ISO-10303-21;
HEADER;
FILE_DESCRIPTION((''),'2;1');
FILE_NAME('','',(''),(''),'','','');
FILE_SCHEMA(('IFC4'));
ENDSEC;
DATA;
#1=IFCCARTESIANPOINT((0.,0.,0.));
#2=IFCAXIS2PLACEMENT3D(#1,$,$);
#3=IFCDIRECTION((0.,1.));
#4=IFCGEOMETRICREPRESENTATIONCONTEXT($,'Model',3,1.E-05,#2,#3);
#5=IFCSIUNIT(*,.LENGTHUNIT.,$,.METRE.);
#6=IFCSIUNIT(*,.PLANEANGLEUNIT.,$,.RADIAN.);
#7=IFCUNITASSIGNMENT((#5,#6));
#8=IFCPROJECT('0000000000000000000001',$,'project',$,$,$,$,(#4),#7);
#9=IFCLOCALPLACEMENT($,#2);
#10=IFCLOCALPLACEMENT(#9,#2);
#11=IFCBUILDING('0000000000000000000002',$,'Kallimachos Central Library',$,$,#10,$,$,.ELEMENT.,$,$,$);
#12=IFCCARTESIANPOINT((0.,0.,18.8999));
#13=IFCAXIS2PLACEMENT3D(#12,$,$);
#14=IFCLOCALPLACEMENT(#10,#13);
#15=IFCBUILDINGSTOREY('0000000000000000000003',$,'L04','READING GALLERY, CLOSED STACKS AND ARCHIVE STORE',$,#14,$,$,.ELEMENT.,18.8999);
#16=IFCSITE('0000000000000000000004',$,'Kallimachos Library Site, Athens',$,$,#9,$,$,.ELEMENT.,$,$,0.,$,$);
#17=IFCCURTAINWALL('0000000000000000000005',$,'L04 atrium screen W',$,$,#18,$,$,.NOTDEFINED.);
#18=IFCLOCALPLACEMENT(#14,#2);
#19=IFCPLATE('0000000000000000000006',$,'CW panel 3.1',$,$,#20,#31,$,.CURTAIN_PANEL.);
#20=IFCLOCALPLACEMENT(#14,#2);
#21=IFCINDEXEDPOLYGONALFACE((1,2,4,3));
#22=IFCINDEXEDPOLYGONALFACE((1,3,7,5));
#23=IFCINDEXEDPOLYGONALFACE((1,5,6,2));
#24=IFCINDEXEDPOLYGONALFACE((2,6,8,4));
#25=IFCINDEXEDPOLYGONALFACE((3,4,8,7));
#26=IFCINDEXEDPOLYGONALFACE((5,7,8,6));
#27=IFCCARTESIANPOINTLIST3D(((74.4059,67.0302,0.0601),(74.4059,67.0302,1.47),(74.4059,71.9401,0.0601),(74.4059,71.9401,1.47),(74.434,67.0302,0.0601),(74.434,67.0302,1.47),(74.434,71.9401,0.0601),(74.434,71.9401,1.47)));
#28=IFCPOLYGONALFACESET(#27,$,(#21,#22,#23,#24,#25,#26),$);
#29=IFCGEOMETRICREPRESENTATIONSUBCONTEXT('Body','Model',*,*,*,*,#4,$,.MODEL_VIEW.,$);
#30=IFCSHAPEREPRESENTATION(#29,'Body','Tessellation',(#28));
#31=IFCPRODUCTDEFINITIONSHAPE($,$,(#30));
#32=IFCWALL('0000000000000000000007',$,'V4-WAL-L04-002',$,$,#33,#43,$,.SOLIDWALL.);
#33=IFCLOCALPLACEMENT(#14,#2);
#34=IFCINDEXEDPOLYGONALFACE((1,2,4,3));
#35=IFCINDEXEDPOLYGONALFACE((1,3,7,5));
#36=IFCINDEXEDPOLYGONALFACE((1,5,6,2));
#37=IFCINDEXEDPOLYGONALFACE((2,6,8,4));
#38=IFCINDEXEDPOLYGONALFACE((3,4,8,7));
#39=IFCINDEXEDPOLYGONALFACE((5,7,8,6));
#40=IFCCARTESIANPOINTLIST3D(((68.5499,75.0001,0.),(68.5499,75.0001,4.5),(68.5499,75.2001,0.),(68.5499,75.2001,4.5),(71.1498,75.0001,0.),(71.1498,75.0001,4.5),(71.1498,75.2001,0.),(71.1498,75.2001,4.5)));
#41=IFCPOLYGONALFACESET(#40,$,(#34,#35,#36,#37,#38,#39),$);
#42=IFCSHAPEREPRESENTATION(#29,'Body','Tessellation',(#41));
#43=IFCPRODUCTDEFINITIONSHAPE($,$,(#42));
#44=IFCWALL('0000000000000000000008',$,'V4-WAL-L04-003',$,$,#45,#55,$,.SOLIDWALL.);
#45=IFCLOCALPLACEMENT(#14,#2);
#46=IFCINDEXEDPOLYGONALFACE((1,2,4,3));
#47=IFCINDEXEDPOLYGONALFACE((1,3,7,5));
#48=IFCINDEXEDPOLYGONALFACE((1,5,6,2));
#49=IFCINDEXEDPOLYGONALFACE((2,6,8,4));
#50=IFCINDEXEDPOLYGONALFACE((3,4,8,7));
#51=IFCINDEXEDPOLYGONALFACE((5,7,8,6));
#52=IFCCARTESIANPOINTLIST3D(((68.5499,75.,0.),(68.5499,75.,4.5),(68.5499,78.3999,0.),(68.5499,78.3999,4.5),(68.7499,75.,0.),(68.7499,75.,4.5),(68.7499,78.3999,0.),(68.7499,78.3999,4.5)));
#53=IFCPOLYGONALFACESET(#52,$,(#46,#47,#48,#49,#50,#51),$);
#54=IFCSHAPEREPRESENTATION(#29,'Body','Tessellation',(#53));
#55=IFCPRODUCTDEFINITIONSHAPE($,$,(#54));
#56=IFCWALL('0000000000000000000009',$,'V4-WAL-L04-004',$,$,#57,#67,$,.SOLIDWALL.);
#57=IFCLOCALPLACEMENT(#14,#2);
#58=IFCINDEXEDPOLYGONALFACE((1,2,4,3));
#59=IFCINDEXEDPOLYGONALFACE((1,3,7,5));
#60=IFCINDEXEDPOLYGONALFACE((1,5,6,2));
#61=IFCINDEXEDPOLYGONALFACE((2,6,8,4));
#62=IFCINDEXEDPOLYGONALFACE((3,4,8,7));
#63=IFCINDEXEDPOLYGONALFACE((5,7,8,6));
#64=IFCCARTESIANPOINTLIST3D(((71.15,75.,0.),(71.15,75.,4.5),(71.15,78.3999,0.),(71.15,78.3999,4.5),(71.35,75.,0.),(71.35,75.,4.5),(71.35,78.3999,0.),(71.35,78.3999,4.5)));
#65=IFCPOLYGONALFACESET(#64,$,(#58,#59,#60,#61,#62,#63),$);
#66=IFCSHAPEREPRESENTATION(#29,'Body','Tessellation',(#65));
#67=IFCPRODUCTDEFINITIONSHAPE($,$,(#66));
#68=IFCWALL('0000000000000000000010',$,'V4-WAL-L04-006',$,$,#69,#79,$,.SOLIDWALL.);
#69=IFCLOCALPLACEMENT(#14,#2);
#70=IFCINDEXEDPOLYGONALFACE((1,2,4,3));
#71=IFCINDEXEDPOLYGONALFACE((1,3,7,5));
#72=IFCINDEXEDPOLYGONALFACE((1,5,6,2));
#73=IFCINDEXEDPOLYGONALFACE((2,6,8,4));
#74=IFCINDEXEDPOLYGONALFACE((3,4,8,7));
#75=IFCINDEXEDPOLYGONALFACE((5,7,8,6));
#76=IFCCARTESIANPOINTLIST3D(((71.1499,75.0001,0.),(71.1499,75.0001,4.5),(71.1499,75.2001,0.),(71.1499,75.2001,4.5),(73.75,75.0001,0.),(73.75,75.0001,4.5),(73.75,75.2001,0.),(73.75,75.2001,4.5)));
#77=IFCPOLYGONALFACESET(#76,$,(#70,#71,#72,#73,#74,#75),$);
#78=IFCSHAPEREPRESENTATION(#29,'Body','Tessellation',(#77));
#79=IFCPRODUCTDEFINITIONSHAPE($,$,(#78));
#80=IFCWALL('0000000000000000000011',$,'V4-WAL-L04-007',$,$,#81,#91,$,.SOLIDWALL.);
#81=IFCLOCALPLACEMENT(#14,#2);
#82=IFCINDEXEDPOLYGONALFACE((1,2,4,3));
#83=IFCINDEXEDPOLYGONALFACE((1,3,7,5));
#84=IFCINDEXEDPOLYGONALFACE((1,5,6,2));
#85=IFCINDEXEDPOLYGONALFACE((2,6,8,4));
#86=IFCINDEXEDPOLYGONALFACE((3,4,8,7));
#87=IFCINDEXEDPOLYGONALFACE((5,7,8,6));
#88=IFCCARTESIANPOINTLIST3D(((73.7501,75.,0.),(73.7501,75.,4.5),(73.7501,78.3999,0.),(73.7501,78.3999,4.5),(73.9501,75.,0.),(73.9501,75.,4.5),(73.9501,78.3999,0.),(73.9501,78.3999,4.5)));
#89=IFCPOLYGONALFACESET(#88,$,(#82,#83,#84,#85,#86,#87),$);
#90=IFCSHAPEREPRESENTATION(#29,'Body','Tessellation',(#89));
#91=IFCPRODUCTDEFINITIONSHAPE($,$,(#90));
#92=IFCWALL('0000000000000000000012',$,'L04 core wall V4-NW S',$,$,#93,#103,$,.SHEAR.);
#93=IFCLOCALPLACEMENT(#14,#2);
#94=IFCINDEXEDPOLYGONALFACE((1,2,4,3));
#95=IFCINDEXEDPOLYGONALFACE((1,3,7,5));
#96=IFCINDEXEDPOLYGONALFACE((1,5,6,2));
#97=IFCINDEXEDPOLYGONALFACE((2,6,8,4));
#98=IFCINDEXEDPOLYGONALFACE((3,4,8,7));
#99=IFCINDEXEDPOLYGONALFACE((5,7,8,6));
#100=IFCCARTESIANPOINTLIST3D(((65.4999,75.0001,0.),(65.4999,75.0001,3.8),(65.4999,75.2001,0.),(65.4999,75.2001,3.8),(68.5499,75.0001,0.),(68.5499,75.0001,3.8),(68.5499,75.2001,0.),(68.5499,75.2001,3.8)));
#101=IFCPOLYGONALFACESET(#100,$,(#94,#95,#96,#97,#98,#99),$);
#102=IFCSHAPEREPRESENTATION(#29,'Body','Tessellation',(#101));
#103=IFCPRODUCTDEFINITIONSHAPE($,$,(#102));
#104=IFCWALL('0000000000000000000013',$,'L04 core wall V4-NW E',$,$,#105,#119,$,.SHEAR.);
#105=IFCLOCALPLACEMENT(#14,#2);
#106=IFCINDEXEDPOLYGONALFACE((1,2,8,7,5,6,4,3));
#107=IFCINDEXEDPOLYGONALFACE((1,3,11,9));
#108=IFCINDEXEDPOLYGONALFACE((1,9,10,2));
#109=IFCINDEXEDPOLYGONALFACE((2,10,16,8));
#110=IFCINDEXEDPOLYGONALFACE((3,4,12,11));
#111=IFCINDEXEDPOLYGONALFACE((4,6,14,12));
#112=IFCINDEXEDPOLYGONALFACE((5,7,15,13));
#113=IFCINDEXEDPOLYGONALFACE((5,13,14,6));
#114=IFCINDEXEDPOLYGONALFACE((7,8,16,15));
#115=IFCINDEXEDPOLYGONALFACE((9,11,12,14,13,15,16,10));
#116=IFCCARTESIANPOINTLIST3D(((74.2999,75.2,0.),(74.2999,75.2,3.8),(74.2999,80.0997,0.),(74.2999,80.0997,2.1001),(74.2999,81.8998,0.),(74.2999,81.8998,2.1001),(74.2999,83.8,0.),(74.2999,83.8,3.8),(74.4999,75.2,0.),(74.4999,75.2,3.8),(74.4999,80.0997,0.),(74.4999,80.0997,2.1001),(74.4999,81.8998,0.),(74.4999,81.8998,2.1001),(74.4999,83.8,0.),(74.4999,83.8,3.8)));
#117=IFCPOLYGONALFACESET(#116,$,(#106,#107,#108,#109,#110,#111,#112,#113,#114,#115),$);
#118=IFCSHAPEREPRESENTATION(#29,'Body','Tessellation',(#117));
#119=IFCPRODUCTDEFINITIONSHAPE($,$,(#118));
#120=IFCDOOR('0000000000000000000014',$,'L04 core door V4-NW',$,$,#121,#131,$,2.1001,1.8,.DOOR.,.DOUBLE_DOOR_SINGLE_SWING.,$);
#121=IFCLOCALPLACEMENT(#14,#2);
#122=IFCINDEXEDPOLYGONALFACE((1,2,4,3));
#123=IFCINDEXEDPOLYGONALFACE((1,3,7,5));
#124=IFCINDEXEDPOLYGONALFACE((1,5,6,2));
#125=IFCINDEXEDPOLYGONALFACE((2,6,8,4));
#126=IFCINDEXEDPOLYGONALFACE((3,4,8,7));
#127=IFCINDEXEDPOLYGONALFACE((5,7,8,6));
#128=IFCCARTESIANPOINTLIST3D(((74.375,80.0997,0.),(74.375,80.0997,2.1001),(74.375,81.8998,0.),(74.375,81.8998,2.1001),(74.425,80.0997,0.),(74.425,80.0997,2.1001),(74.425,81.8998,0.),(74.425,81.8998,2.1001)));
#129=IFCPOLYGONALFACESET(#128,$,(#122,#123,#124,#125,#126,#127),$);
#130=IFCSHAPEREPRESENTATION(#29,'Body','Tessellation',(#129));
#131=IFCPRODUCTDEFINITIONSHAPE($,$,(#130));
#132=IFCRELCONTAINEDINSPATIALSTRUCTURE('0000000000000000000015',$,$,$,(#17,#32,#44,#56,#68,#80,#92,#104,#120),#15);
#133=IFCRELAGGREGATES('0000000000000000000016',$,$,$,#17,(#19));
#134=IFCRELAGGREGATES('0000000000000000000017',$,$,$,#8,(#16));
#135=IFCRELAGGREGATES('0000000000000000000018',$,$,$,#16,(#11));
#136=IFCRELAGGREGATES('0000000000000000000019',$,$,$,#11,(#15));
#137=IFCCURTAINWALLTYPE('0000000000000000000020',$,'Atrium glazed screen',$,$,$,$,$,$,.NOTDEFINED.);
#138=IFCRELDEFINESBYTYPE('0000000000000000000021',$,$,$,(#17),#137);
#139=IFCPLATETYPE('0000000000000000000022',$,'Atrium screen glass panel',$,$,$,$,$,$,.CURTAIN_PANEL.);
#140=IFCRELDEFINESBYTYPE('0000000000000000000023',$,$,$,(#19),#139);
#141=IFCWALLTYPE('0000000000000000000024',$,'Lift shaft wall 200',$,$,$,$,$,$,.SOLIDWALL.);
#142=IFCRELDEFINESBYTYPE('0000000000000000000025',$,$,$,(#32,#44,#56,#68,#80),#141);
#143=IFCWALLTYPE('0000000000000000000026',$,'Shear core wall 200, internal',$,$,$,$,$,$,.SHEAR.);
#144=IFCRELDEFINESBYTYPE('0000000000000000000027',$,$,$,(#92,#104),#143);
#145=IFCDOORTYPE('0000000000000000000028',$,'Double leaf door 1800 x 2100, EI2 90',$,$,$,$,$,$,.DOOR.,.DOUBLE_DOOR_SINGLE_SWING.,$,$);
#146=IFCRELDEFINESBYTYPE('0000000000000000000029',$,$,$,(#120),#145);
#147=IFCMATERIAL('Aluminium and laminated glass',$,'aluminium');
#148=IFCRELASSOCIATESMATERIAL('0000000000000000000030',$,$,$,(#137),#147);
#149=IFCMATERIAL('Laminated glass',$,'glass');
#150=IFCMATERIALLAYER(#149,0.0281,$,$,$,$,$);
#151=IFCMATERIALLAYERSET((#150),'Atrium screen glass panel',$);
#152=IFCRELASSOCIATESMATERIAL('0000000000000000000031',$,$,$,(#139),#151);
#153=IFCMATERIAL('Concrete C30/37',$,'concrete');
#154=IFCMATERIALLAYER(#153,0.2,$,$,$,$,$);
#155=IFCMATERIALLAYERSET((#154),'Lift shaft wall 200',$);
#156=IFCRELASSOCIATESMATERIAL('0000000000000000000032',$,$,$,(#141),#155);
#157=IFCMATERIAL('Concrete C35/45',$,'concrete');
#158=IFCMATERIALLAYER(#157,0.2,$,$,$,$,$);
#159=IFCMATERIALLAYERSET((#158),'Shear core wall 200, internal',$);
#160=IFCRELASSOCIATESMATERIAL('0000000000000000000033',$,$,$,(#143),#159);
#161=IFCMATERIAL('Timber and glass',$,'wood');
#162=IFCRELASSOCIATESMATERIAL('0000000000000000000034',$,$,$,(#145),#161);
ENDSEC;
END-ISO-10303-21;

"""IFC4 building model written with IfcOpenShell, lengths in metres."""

from ifc_helpers import new_model, si_unit, direction, frame, frame_2d, origin, origin_2d, place, context, subcontext, project, spatial, rectangle, extrude, material, layer, layer_set, type_object, element, fill, aggregate, save


model = new_model("IFC4")

# Units and contexts
model_context = context("Model", 3, precision=1e-05, world=origin(), true_north=direction((0.0, 1.0)))
body_context = subcontext(model_context, "Body", "Model", "MODEL_VIEW")
ifc_project = project(units=[si_unit("LENGTHUNIT", "METRE"), si_unit("PLANEANGLEUNIT", "RADIAN")], contexts=[model_context])

# Site, building, storey
site_placement = place(None, origin())
site = spatial("IfcSite", under=ifc_project, at=site_placement, Name="Kallimachos Library Site, Athens", CompositionType="ELEMENT", RefElevation=0.0)
building_placement = place(site_placement, origin())
building = spatial("IfcBuilding", under=site, at=building_placement, Name="Kallimachos Central Library", CompositionType="ELEMENT")
storey_placement = place(building_placement, frame((0.0, 0.0, 18.8999)))
storey = spatial("IfcBuildingStorey", under=building, at=storey_placement, Name="L04", Description="READING GALLERY, CLOSED STACKS AND ARCHIVE STORE", CompositionType="ELEMENT", Elevation=18.8999)

# Curtain wall
ifc_material_1 = material(Name="Aluminium and laminated glass", Category="aluminium")
curtain_wall_type = type_object("IfcCurtainWallType", Name="Atrium glazed screen", PredefinedType="NOTDEFINED", material=ifc_material_1)
curtain_wall_placement = place(storey_placement, origin())
curtain_wall = element("IfcCurtainWall", 1, at=curtain_wall_placement, inside=storey, type_object=curtain_wall_type, Name="L04 atrium screen W", PredefinedType="NOTDEFINED")

# Plate
ifc_material_2 = material(Name="Laminated glass", Category="glass")
ifc_layer_1 = layer(ifc_material_2, 0.0281)
ifc_layer_set_1 = layer_set([ifc_layer_1], Name="Atrium screen glass panel")
plate_type = type_object("IfcPlateType", Name="Atrium screen glass panel", PredefinedType="CURTAIN_PANEL", material=ifc_layer_set_1)
plate_placement = place(storey_placement, frame((74.4199, 69.4851, 0.0601), z_axis=(0.0, 0.0, 1.0), x_axis=(0.0, 1.0, 0.0)))
plate = element("IfcPlate", 2, at=plate_placement, type_object=plate_type, Name="CW panel 3.1", PredefinedType="CURTAIN_PANEL", context=body_context, shape_type="SweptSolid", body=[
    extrude(rectangle(XDim=4.9099, YDim=0.0281, at=origin_2d()), origin(), (0.0, 0.0, 1.0), 1.4099),
])
aggregate(curtain_wall, [plate])

# Walls
ifc_material_3 = material(Name="Concrete C30/37", Category="concrete")
ifc_layer_2 = layer(ifc_material_3, 0.2)
ifc_layer_set_2 = layer_set([ifc_layer_2], Name="Lift shaft wall 200")
wall_type_1 = type_object("IfcWallType", Name="Lift shaft wall 200", PredefinedType="SOLIDWALL", material=ifc_layer_set_2)
wall_1_placement = place(storey_placement, frame((68.55, 75.1001, 0.0), z_axis=(0.0, 0.0, 1.0), x_axis=(1.0, 0.0, 0.0)))
element("IfcWall", 3, at=wall_1_placement, inside=storey, type_object=wall_type_1, Name="V4-WAL-L04-002", PredefinedType="SOLIDWALL", context=body_context, shape_type="SweptSolid", body=[
    extrude(rectangle(XDim=2.5999, YDim=0.2, at=frame_2d((1.2998, 0.0))), origin(), (0.0, 0.0, 1.0), 4.5),
])
for number, where, z_axis, x_axis, name in (
    (4, (68.6499, 75.0, 0.0), (0.0, 0.0, 1.0), (0.0, 1.0, 0.0), "V4-WAL-L04-003"),
    (5, (71.25, 75.0, 0.0), (0.0, 0.0, 1.0), (0.0, 1.0, 0.0), "V4-WAL-L04-004"),
):
    element("IfcWall", number, at=place(storey_placement, frame(where, z_axis=z_axis, x_axis=x_axis)), inside=storey, type_object=wall_type_1, Name=name, PredefinedType="SOLIDWALL", context=body_context, shape_type="SweptSolid", body=[
        extrude(rectangle(XDim=3.3999, YDim=0.2, at=frame_2d((1.7, 0.0))), origin(), (0.0, 0.0, 1.0), 4.5),
    ])
wall_2_placement = place(storey_placement, frame((71.1499, 75.1001, 0.0), z_axis=(0.0, 0.0, 1.0), x_axis=(1.0, 0.0, 0.0)))
element("IfcWall", 6, at=wall_2_placement, inside=storey, type_object=wall_type_1, Name="V4-WAL-L04-006", PredefinedType="SOLIDWALL", context=body_context, shape_type="SweptSolid", body=[
    extrude(rectangle(XDim=2.6001, YDim=0.2, at=frame_2d((1.3, 0.0))), origin(), (0.0, 0.0, 1.0), 4.5),
])
wall_3_placement = place(storey_placement, frame((73.8501, 75.0, 0.0), z_axis=(0.0, 0.0, 1.0), x_axis=(0.0, 1.0, 0.0)))
element("IfcWall", 7, at=wall_3_placement, inside=storey, type_object=wall_type_1, Name="V4-WAL-L04-007", PredefinedType="SOLIDWALL", context=body_context, shape_type="SweptSolid", body=[
    extrude(rectangle(XDim=3.3999, YDim=0.2, at=frame_2d((1.7, 0.0))), origin(), (0.0, 0.0, 1.0), 4.5),
])
ifc_material_4 = material(Name="Concrete C35/45", Category="concrete")
ifc_layer_3 = layer(ifc_material_4, 0.2)
ifc_layer_set_3 = layer_set([ifc_layer_3], Name="Shear core wall 200, internal")
wall_type_2 = type_object("IfcWallType", Name="Shear core wall 200, internal", PredefinedType="SHEAR", material=ifc_layer_set_3)
wall_4_placement = place(storey_placement, frame((65.5, 75.1001, 0.0), z_axis=(0.0, 0.0, 1.0), x_axis=(1.0, 0.0, 0.0)))
element("IfcWall", 8, at=wall_4_placement, inside=storey, type_object=wall_type_2, Name="L04 core wall V4-NW S", PredefinedType="SHEAR", context=body_context, shape_type="SweptSolid", body=[
    extrude(rectangle(XDim=3.05, YDim=0.2, at=frame_2d((1.5249, 0.0))), origin(), (0.0, 0.0, 1.0), 3.8),
])

# Wall, opening, door
wall_5_placement = place(storey_placement, frame((74.3999, 75.2, 0.0), z_axis=(0.0, 0.0, 1.0), x_axis=(0.0, 1.0, 0.0)))
wall_5 = element("IfcWall", 9, at=wall_5_placement, inside=storey, type_object=wall_type_2, Name="L04 core wall V4-NW E", PredefinedType="SHEAR", context=body_context, shape_type="SweptSolid", body=[
    extrude(rectangle(XDim=8.6001, YDim=0.2, at=frame_2d((4.3, 0.0))), origin(), (0.0, 0.0, 1.0), 3.8),
])
opening_1_placement = place(wall_5_placement, frame((4.8999, 0.0, 0.0)))
opening_1 = element("IfcOpeningElement", 10, at=opening_1_placement, cuts=wall_5, PredefinedType="OPENING", context=body_context, shape_type="SweptSolid", body=[
    extrude(rectangle(XDim=1.8, YDim=2.1001, at=frame_2d((0.8999, 1.05))), frame((0.0, 0.1099, 0.0), z_axis=(0.0, -1.0, 0.0), x_axis=(1.0, 0.0, 0.0)), (0.0, 0.0, 1.0), 0.22),
])
ifc_material_5 = material(Name="Timber and glass", Category="wood")
door_type = type_object("IfcDoorType", Name="Double leaf door 1800 x 2100, EI2 90", OperationType="DOUBLE_DOOR_SINGLE_SWING", PredefinedType="DOOR", material=ifc_material_5)
door_placement = place(opening_1_placement, origin())
door = element("IfcDoor", 11, at=door_placement, inside=storey, type_object=door_type, Name="L04 core door V4-NW", OperationType="DOUBLE_DOOR_SINGLE_SWING", OverallHeight=2.1001, OverallWidth=1.8, PredefinedType="DOOR", context=body_context, shape_type="SweptSolid", body=[
    extrude(rectangle(XDim=1.8, YDim=2.1001, at=frame_2d((0.8999, 1.05))), frame((0.0, 0.0249, 0.0), z_axis=(0.0, -1.0, 0.0), x_axis=(1.0, 0.0, 0.0)), (0.0, 0.0, 1.0), 0.05),
])
fill(opening_1, door)

save(model, "model.ifc")
